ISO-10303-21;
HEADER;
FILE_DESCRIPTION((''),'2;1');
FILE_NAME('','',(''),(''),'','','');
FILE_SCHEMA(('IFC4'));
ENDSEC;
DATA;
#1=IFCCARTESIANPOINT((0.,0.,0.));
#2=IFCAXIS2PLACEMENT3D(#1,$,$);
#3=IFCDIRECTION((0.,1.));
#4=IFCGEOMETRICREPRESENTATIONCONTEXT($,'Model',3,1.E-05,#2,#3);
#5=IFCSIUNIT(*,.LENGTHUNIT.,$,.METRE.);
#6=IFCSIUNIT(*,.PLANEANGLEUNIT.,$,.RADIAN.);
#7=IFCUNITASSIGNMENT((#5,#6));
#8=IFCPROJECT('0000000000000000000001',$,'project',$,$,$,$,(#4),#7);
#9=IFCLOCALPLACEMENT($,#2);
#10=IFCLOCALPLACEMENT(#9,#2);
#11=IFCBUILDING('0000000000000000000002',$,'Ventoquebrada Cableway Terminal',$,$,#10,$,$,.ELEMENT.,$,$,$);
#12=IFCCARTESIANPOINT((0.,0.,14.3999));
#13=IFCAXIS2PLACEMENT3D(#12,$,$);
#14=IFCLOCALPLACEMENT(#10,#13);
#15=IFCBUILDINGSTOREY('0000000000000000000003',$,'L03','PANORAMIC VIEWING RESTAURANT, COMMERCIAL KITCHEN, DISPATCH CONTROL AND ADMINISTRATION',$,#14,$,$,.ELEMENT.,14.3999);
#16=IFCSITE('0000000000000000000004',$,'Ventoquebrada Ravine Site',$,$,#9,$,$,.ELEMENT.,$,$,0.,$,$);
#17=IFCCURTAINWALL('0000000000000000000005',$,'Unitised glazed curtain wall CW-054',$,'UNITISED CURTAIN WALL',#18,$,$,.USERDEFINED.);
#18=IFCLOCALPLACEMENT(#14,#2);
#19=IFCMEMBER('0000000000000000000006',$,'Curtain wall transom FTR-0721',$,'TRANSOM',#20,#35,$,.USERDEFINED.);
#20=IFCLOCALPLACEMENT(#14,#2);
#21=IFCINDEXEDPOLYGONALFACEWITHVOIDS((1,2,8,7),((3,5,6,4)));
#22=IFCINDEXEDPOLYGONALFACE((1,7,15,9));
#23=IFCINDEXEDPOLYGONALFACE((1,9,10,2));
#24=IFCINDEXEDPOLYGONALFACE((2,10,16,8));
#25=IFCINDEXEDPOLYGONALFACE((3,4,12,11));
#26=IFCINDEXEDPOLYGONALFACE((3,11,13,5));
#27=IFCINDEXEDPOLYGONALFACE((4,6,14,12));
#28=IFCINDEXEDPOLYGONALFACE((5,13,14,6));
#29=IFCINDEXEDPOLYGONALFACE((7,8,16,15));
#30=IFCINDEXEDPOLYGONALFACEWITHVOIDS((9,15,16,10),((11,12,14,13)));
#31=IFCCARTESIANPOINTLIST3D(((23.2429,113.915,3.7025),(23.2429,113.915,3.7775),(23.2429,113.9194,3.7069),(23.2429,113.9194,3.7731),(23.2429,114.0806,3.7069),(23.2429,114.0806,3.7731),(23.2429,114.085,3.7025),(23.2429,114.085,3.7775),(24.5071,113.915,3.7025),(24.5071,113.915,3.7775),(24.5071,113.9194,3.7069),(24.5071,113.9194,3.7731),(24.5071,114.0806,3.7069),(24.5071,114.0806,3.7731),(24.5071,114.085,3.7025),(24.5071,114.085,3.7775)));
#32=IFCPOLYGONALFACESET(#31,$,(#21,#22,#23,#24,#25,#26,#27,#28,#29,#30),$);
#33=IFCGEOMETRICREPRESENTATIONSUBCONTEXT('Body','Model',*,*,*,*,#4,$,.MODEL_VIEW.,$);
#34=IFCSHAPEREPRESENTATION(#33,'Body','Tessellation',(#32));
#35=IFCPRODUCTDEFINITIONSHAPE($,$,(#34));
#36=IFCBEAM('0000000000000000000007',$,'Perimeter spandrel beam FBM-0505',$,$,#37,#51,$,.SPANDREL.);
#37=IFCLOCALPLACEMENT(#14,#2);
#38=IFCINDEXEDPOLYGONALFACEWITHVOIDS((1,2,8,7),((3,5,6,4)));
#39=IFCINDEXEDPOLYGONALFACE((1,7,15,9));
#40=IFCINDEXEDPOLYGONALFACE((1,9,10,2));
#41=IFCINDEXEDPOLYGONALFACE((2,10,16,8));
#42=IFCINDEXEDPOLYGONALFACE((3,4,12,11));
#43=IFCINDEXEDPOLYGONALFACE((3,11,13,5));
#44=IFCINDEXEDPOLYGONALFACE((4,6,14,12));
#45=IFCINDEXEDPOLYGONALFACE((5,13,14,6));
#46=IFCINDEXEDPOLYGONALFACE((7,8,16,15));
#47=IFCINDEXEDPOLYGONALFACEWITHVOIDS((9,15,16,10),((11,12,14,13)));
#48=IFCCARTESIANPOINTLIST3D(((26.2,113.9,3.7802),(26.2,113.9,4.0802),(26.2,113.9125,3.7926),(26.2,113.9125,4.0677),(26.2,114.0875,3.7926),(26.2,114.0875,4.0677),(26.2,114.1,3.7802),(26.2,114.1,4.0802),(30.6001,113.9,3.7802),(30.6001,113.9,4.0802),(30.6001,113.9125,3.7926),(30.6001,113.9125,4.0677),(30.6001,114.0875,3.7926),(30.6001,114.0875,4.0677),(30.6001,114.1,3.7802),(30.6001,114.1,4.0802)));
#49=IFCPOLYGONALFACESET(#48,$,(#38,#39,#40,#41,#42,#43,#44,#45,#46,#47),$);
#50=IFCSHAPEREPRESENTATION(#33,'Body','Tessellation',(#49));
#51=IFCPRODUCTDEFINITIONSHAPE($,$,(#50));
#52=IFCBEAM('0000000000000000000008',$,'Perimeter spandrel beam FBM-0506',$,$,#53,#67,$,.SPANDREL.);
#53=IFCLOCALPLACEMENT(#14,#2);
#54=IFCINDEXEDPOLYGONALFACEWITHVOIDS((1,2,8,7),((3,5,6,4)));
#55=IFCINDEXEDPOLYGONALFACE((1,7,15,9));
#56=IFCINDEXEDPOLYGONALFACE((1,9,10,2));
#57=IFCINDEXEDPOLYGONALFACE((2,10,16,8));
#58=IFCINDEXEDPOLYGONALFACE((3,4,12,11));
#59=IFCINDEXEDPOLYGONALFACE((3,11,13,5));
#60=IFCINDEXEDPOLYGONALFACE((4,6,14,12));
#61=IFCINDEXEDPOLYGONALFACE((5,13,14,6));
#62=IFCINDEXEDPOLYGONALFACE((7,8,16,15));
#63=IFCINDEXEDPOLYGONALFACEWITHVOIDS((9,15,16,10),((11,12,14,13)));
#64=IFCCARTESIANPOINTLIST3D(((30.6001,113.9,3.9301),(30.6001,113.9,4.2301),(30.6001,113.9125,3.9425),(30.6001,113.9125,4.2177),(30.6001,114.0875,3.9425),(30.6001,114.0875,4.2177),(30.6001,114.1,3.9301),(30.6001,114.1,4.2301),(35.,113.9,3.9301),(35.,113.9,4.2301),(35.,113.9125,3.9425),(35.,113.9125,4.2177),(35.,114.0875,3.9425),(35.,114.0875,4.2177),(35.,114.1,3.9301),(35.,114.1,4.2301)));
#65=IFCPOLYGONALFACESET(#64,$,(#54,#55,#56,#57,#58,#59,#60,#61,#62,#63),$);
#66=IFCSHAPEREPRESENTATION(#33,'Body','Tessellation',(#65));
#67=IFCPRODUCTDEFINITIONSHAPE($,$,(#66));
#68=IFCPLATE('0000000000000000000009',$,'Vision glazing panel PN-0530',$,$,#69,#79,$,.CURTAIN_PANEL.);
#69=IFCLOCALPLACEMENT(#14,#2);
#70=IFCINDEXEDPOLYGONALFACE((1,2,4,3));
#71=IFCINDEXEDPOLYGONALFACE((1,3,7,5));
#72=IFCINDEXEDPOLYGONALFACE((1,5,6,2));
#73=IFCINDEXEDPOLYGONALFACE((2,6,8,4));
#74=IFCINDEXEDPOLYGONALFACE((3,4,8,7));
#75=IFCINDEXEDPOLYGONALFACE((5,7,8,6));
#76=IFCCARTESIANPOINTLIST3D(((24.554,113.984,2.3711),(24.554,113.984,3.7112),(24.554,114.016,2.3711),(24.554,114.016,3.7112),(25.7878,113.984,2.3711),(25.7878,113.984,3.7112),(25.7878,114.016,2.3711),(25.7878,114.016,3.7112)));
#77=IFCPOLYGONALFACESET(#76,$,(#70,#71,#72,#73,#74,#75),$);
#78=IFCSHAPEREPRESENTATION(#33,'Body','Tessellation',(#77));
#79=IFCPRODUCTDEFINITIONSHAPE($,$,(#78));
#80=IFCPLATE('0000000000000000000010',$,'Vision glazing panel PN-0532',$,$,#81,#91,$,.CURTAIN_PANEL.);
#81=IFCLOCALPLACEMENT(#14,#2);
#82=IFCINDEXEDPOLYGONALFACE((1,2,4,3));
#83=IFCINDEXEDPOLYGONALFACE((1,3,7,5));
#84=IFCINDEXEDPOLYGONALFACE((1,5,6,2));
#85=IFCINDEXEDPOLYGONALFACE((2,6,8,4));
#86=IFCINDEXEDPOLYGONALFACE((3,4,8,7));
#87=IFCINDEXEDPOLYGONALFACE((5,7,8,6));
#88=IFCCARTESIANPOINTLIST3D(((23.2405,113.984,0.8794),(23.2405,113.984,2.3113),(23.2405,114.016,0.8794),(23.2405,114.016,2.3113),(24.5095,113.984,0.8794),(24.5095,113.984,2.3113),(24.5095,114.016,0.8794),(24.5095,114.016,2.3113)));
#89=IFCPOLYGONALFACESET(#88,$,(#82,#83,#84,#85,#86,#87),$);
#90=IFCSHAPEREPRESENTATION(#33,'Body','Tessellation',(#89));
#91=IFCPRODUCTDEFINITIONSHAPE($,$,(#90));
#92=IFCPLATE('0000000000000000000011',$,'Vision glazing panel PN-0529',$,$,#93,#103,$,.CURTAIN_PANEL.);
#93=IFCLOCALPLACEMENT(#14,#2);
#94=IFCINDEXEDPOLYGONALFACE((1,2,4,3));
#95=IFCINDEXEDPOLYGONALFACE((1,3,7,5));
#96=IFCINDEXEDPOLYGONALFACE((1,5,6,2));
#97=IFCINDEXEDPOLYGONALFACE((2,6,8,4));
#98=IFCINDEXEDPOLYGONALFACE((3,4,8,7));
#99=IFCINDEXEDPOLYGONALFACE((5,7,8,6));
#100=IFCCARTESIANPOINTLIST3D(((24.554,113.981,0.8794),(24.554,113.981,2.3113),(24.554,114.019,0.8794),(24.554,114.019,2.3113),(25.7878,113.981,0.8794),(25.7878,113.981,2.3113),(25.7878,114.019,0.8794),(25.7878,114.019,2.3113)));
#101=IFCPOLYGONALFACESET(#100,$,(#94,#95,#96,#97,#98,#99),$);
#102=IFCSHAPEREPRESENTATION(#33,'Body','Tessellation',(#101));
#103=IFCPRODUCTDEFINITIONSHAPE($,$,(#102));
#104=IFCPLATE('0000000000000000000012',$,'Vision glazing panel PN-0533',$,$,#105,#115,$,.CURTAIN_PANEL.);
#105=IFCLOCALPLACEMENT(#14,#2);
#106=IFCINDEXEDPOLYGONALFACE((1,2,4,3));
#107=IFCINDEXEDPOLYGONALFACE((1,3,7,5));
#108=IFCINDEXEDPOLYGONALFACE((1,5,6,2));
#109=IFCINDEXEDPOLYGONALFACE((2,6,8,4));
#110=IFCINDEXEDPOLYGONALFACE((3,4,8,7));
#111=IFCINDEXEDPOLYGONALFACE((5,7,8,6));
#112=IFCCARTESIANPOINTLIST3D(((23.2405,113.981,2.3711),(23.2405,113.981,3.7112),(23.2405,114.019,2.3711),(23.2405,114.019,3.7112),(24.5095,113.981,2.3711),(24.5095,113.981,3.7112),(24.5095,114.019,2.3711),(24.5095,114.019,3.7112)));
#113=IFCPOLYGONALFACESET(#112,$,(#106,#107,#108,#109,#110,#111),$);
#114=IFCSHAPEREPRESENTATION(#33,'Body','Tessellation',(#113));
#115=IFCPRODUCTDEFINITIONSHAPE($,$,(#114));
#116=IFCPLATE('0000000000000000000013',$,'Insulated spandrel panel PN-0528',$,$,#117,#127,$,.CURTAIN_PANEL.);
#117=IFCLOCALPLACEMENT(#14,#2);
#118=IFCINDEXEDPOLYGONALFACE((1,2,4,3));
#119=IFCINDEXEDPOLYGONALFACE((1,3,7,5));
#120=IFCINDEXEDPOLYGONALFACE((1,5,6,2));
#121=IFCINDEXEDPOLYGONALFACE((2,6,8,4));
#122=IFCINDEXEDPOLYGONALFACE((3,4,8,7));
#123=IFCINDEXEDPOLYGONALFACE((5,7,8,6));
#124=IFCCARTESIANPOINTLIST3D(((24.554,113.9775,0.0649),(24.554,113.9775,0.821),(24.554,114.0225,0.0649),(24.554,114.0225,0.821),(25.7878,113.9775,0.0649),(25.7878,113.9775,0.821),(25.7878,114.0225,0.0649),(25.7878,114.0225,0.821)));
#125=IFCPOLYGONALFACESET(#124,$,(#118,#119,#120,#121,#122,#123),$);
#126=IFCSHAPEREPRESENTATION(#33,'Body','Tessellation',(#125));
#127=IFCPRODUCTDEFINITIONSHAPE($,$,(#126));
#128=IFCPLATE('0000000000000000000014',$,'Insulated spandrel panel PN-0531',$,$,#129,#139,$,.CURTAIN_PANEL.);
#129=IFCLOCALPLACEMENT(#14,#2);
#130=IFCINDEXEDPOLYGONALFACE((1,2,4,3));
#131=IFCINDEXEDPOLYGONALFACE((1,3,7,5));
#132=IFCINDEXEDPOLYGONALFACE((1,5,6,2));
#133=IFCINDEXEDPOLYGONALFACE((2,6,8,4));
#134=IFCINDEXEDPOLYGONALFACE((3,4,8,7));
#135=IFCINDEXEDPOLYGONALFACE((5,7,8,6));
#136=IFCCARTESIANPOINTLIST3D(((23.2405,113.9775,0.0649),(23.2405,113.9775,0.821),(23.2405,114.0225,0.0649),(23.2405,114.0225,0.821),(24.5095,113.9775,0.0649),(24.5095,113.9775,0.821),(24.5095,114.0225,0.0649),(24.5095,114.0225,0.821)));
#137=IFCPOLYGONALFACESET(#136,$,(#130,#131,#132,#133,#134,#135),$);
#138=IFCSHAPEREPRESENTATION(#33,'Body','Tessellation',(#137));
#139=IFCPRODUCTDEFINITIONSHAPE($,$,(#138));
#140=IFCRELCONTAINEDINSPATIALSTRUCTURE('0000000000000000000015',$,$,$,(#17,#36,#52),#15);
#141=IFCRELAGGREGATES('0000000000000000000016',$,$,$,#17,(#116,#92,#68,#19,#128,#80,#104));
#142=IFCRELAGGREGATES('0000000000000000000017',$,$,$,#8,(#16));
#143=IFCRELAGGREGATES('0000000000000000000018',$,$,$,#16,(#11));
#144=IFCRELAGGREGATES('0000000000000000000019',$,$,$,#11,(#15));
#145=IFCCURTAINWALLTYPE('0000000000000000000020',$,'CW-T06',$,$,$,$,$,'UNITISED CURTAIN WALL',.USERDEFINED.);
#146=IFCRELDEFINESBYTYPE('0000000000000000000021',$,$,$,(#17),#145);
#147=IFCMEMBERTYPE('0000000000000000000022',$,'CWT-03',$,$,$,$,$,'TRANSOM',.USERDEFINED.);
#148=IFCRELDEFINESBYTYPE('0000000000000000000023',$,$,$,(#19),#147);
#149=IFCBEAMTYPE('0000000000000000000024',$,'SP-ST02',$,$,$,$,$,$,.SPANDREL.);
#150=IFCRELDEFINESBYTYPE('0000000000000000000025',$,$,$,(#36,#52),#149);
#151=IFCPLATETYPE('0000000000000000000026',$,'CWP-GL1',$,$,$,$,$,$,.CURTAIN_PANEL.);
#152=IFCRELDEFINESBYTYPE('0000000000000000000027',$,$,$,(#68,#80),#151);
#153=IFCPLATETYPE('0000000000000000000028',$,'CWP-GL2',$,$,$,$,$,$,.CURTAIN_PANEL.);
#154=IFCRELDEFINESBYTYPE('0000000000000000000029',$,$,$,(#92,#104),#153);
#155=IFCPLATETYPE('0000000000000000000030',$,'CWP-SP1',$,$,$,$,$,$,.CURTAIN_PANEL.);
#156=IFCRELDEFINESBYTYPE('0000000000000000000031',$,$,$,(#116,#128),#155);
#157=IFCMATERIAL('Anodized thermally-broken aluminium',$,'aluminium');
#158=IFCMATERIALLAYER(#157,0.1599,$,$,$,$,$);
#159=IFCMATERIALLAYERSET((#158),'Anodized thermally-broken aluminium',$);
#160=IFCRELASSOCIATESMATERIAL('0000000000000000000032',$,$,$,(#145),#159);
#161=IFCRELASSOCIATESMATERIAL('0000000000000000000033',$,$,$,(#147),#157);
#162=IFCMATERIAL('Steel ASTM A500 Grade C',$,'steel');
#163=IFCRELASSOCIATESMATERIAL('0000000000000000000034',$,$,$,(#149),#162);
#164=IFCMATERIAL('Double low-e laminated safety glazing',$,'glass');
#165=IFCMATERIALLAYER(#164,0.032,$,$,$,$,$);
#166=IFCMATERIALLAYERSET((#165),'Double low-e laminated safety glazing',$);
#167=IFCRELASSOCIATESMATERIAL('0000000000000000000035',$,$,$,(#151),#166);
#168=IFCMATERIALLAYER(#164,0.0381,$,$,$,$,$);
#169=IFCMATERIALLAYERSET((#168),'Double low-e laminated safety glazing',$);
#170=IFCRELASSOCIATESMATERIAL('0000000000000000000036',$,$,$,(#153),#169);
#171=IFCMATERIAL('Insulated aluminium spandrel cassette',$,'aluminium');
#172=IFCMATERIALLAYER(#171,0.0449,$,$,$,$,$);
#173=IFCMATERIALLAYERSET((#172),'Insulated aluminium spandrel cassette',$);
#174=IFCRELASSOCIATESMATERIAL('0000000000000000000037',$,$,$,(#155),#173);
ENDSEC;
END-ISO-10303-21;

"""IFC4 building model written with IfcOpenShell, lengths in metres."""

from ifc_helpers import new_model, si_unit, direction, frame, origin, origin_2d, place, context, subcontext, project, spatial, rectangle, hollow_rectangle, extrude, material, layer, layer_set, material_profile, profile_set, type_object, element, aggregate, save


model = new_model("IFC4")

# Units and contexts
model_context = context("Model", 3, precision=1e-05, world=origin(), true_north=direction((0.0, 1.0)))
body_context = subcontext(model_context, "Body", "Model", "MODEL_VIEW")
ifc_project = project(units=[si_unit("LENGTHUNIT", "METRE"), si_unit("PLANEANGLEUNIT", "RADIAN")], contexts=[model_context])

# Site, building, storey
site_placement = place(None, origin())
site = spatial("IfcSite", under=ifc_project, at=site_placement, Name="Ventoquebrada Ravine Site", CompositionType="ELEMENT", RefElevation=0.0)
building_placement = place(site_placement, origin())
building = spatial("IfcBuilding", under=site, at=building_placement, Name="Ventoquebrada Cableway Terminal", CompositionType="ELEMENT")
storey_placement = place(building_placement, frame((0.0, 0.0, 14.3999)))
storey = spatial("IfcBuildingStorey", under=building, at=storey_placement, Name="L03", Description="PANORAMIC VIEWING RESTAURANT, COMMERCIAL KITCHEN, DISPATCH CONTROL AND ADMINISTRATION", CompositionType="ELEMENT", Elevation=14.3999)

# Curtain wall, member
ifc_material_1 = material(Name="Anodized thermally-broken aluminium", Category="aluminium")
ifc_layer_1 = layer(ifc_material_1, 0.1599)
ifc_layer_set_1 = layer_set([ifc_layer_1], Name="Anodized thermally-broken aluminium")
curtain_wall_type = type_object("IfcCurtainWallType", Name="CW-T06", ElementType="UNITISED CURTAIN WALL", PredefinedType="USERDEFINED", material=ifc_layer_set_1)
curtain_wall_placement = place(storey_placement, origin())
curtain_wall = element("IfcCurtainWall", 1, at=curtain_wall_placement, inside=storey, type_object=curtain_wall_type, Name="Unitised glazed curtain wall CW-054", ObjectType="UNITISED CURTAIN WALL", PredefinedType="USERDEFINED")
ifc_material_profile_1 = material_profile(ifc_material_1, hollow_rectangle(XDim=0.075, YDim=0.1699, WallThickness=0.0044, at=origin_2d()), Name="CW-TRN-75X170")
ifc_profile_set_1 = profile_set([ifc_material_profile_1], Name="Anodized thermally-broken aluminium")
member_type_1 = type_object("IfcMemberType", Name="CWT-03", ElementType="TRANSOM", PredefinedType="USERDEFINED", material=ifc_profile_set_1)
member_1_placement = place(storey_placement, frame((24.5071, 114.0, 3.74), z_axis=(-1.0, 0.0, 0.0), x_axis=(0.0, 0.0, 1.0)))
member_1 = element("IfcMember", 2, at=member_1_placement, type_object=member_type_1, Name="Curtain wall transom FTR-0721", ObjectType="TRANSOM", PredefinedType="USERDEFINED", context=body_context, shape_type="SweptSolid", body=[
    extrude(hollow_rectangle(XDim=0.075, YDim=0.1699, WallThickness=0.0044, at=origin_2d()), origin(), (0.0, 0.0, 1.0), 1.2642),
])

# Beams
ifc_material_2 = material(Name="Steel ASTM A500 Grade C", Category="steel")
ifc_material_profile_2 = material_profile(ifc_material_2, hollow_rectangle(XDim=0.2, YDim=0.3, WallThickness=0.0125, at=origin_2d()), Name="RHS300X200X12.5")
ifc_profile_set_2 = profile_set([ifc_material_profile_2], Name="Steel ASTM A500 Grade C")
beam_type = type_object("IfcBeamType", Name="SP-ST02", PredefinedType="SPANDREL", material=ifc_profile_set_2)
beam_1_placement = place(storey_placement, frame((26.2, 114.0, 3.9302), z_axis=(1.0, 0.0, 0.0), x_axis=(0.0, 1.0, 0.0)))
element("IfcBeam", 3, at=beam_1_placement, inside=storey, type_object=beam_type, Name="Perimeter spandrel beam FBM-0505", PredefinedType="SPANDREL", context=body_context, shape_type="SweptSolid", body=[
    extrude(hollow_rectangle(XDim=0.2, YDim=0.3, WallThickness=0.0125, at=origin_2d()), origin(), (0.0, 0.0, 1.0), 4.4001),
])
beam_2_placement = place(storey_placement, frame((30.6001, 114.0, 4.0801), z_axis=(1.0, 0.0, 0.0), x_axis=(0.0, 1.0, 0.0)))
element("IfcBeam", 4, at=beam_2_placement, inside=storey, type_object=beam_type, Name="Perimeter spandrel beam FBM-0506", PredefinedType="SPANDREL", context=body_context, shape_type="SweptSolid", body=[
    extrude(hollow_rectangle(XDim=0.2, YDim=0.3, WallThickness=0.0125, at=origin_2d()), origin(), (0.0, 0.0, 1.0), 4.3999),
])

# Plates
ifc_material_3 = material(Name="Double low-e laminated safety glazing", Category="glass")
ifc_layer_2 = layer(ifc_material_3, 0.032)
ifc_layer_set_2 = layer_set([ifc_layer_2], Name="Double low-e laminated safety glazing")
plate_type_1 = type_object("IfcPlateType", Name="CWP-GL1", PredefinedType="CURTAIN_PANEL", material=ifc_layer_set_2)
plate_1_placement = place(storey_placement, frame((25.1709, 114.0, 2.3711), z_axis=(0.0, 0.0, 1.0), x_axis=(-1.0, 0.0, 0.0)))
plate_1 = element("IfcPlate", 5, at=plate_1_placement, type_object=plate_type_1, Name="Vision glazing panel PN-0530", PredefinedType="CURTAIN_PANEL", context=body_context, shape_type="SweptSolid", body=[
    extrude(rectangle(XDim=1.2339, YDim=0.032, at=origin_2d()), origin(), (0.0, 0.0, 1.0), 1.3401),
])
plate_2_placement = place(storey_placement, frame((23.875, 114.0, 0.8794), z_axis=(0.0, 0.0, 1.0), x_axis=(-1.0, 0.0, 0.0)))
plate_2 = element("IfcPlate", 6, at=plate_2_placement, type_object=plate_type_1, Name="Vision glazing panel PN-0532", PredefinedType="CURTAIN_PANEL", context=body_context, shape_type="SweptSolid", body=[
    extrude(rectangle(XDim=1.269, YDim=0.032, at=origin_2d()), origin(), (0.0, 0.0, 1.0), 1.4319),
])
ifc_layer_3 = layer(ifc_material_3, 0.0381)
ifc_layer_set_3 = layer_set([ifc_layer_3], Name="Double low-e laminated safety glazing")
plate_type_2 = type_object("IfcPlateType", Name="CWP-GL2", PredefinedType="CURTAIN_PANEL", material=ifc_layer_set_3)
plate_3_placement = place(storey_placement, frame((25.1709, 114.0, 0.8794), z_axis=(0.0, 0.0, 1.0), x_axis=(-1.0, 0.0, 0.0)))
plate_3 = element("IfcPlate", 7, at=plate_3_placement, type_object=plate_type_2, Name="Vision glazing panel PN-0529", PredefinedType="CURTAIN_PANEL", context=body_context, shape_type="SweptSolid", body=[
    extrude(rectangle(XDim=1.2339, YDim=0.0381, at=origin_2d()), origin(), (0.0, 0.0, 1.0), 1.4319),
])
plate_4_placement = place(storey_placement, frame((23.875, 114.0, 2.3711), z_axis=(0.0, 0.0, 1.0), x_axis=(-1.0, 0.0, 0.0)))
plate_4 = element("IfcPlate", 8, at=plate_4_placement, type_object=plate_type_2, Name="Vision glazing panel PN-0533", PredefinedType="CURTAIN_PANEL", context=body_context, shape_type="SweptSolid", body=[
    extrude(rectangle(XDim=1.269, YDim=0.0381, at=origin_2d()), origin(), (0.0, 0.0, 1.0), 1.3401),
])
ifc_material_4 = material(Name="Insulated aluminium spandrel cassette", Category="aluminium")
ifc_layer_4 = layer(ifc_material_4, 0.0449)
ifc_layer_set_4 = layer_set([ifc_layer_4], Name="Insulated aluminium spandrel cassette")
plate_type_3 = type_object("IfcPlateType", Name="CWP-SP1", PredefinedType="CURTAIN_PANEL", material=ifc_layer_set_4)
plate_5_placement = place(storey_placement, frame((25.1709, 114.0, 0.0649), z_axis=(0.0, 0.0, 1.0), x_axis=(-1.0, 0.0, 0.0)))
plate_5 = element("IfcPlate", 9, at=plate_5_placement, type_object=plate_type_3, Name="Insulated spandrel panel PN-0528", PredefinedType="CURTAIN_PANEL", context=body_context, shape_type="SweptSolid", body=[
    extrude(rectangle(XDim=1.2339, YDim=0.0449, at=origin_2d()), origin(), (0.0, 0.0, 1.0), 0.7561),
])
plate_6_placement = place(storey_placement, frame((23.875, 114.0, 0.0649), z_axis=(0.0, 0.0, 1.0), x_axis=(-1.0, 0.0, 0.0)))
plate_6 = element("IfcPlate", 10, at=plate_6_placement, type_object=plate_type_3, Name="Insulated spandrel panel PN-0531", PredefinedType="CURTAIN_PANEL", context=body_context, shape_type="SweptSolid", body=[
    extrude(rectangle(XDim=1.269, YDim=0.0449, at=origin_2d()), origin(), (0.0, 0.0, 1.0), 0.7561),
])
aggregate(curtain_wall, [plate_5, plate_3, plate_1, member_1, plate_6, plate_2, plate_4])

save(model, "model.ifc")
